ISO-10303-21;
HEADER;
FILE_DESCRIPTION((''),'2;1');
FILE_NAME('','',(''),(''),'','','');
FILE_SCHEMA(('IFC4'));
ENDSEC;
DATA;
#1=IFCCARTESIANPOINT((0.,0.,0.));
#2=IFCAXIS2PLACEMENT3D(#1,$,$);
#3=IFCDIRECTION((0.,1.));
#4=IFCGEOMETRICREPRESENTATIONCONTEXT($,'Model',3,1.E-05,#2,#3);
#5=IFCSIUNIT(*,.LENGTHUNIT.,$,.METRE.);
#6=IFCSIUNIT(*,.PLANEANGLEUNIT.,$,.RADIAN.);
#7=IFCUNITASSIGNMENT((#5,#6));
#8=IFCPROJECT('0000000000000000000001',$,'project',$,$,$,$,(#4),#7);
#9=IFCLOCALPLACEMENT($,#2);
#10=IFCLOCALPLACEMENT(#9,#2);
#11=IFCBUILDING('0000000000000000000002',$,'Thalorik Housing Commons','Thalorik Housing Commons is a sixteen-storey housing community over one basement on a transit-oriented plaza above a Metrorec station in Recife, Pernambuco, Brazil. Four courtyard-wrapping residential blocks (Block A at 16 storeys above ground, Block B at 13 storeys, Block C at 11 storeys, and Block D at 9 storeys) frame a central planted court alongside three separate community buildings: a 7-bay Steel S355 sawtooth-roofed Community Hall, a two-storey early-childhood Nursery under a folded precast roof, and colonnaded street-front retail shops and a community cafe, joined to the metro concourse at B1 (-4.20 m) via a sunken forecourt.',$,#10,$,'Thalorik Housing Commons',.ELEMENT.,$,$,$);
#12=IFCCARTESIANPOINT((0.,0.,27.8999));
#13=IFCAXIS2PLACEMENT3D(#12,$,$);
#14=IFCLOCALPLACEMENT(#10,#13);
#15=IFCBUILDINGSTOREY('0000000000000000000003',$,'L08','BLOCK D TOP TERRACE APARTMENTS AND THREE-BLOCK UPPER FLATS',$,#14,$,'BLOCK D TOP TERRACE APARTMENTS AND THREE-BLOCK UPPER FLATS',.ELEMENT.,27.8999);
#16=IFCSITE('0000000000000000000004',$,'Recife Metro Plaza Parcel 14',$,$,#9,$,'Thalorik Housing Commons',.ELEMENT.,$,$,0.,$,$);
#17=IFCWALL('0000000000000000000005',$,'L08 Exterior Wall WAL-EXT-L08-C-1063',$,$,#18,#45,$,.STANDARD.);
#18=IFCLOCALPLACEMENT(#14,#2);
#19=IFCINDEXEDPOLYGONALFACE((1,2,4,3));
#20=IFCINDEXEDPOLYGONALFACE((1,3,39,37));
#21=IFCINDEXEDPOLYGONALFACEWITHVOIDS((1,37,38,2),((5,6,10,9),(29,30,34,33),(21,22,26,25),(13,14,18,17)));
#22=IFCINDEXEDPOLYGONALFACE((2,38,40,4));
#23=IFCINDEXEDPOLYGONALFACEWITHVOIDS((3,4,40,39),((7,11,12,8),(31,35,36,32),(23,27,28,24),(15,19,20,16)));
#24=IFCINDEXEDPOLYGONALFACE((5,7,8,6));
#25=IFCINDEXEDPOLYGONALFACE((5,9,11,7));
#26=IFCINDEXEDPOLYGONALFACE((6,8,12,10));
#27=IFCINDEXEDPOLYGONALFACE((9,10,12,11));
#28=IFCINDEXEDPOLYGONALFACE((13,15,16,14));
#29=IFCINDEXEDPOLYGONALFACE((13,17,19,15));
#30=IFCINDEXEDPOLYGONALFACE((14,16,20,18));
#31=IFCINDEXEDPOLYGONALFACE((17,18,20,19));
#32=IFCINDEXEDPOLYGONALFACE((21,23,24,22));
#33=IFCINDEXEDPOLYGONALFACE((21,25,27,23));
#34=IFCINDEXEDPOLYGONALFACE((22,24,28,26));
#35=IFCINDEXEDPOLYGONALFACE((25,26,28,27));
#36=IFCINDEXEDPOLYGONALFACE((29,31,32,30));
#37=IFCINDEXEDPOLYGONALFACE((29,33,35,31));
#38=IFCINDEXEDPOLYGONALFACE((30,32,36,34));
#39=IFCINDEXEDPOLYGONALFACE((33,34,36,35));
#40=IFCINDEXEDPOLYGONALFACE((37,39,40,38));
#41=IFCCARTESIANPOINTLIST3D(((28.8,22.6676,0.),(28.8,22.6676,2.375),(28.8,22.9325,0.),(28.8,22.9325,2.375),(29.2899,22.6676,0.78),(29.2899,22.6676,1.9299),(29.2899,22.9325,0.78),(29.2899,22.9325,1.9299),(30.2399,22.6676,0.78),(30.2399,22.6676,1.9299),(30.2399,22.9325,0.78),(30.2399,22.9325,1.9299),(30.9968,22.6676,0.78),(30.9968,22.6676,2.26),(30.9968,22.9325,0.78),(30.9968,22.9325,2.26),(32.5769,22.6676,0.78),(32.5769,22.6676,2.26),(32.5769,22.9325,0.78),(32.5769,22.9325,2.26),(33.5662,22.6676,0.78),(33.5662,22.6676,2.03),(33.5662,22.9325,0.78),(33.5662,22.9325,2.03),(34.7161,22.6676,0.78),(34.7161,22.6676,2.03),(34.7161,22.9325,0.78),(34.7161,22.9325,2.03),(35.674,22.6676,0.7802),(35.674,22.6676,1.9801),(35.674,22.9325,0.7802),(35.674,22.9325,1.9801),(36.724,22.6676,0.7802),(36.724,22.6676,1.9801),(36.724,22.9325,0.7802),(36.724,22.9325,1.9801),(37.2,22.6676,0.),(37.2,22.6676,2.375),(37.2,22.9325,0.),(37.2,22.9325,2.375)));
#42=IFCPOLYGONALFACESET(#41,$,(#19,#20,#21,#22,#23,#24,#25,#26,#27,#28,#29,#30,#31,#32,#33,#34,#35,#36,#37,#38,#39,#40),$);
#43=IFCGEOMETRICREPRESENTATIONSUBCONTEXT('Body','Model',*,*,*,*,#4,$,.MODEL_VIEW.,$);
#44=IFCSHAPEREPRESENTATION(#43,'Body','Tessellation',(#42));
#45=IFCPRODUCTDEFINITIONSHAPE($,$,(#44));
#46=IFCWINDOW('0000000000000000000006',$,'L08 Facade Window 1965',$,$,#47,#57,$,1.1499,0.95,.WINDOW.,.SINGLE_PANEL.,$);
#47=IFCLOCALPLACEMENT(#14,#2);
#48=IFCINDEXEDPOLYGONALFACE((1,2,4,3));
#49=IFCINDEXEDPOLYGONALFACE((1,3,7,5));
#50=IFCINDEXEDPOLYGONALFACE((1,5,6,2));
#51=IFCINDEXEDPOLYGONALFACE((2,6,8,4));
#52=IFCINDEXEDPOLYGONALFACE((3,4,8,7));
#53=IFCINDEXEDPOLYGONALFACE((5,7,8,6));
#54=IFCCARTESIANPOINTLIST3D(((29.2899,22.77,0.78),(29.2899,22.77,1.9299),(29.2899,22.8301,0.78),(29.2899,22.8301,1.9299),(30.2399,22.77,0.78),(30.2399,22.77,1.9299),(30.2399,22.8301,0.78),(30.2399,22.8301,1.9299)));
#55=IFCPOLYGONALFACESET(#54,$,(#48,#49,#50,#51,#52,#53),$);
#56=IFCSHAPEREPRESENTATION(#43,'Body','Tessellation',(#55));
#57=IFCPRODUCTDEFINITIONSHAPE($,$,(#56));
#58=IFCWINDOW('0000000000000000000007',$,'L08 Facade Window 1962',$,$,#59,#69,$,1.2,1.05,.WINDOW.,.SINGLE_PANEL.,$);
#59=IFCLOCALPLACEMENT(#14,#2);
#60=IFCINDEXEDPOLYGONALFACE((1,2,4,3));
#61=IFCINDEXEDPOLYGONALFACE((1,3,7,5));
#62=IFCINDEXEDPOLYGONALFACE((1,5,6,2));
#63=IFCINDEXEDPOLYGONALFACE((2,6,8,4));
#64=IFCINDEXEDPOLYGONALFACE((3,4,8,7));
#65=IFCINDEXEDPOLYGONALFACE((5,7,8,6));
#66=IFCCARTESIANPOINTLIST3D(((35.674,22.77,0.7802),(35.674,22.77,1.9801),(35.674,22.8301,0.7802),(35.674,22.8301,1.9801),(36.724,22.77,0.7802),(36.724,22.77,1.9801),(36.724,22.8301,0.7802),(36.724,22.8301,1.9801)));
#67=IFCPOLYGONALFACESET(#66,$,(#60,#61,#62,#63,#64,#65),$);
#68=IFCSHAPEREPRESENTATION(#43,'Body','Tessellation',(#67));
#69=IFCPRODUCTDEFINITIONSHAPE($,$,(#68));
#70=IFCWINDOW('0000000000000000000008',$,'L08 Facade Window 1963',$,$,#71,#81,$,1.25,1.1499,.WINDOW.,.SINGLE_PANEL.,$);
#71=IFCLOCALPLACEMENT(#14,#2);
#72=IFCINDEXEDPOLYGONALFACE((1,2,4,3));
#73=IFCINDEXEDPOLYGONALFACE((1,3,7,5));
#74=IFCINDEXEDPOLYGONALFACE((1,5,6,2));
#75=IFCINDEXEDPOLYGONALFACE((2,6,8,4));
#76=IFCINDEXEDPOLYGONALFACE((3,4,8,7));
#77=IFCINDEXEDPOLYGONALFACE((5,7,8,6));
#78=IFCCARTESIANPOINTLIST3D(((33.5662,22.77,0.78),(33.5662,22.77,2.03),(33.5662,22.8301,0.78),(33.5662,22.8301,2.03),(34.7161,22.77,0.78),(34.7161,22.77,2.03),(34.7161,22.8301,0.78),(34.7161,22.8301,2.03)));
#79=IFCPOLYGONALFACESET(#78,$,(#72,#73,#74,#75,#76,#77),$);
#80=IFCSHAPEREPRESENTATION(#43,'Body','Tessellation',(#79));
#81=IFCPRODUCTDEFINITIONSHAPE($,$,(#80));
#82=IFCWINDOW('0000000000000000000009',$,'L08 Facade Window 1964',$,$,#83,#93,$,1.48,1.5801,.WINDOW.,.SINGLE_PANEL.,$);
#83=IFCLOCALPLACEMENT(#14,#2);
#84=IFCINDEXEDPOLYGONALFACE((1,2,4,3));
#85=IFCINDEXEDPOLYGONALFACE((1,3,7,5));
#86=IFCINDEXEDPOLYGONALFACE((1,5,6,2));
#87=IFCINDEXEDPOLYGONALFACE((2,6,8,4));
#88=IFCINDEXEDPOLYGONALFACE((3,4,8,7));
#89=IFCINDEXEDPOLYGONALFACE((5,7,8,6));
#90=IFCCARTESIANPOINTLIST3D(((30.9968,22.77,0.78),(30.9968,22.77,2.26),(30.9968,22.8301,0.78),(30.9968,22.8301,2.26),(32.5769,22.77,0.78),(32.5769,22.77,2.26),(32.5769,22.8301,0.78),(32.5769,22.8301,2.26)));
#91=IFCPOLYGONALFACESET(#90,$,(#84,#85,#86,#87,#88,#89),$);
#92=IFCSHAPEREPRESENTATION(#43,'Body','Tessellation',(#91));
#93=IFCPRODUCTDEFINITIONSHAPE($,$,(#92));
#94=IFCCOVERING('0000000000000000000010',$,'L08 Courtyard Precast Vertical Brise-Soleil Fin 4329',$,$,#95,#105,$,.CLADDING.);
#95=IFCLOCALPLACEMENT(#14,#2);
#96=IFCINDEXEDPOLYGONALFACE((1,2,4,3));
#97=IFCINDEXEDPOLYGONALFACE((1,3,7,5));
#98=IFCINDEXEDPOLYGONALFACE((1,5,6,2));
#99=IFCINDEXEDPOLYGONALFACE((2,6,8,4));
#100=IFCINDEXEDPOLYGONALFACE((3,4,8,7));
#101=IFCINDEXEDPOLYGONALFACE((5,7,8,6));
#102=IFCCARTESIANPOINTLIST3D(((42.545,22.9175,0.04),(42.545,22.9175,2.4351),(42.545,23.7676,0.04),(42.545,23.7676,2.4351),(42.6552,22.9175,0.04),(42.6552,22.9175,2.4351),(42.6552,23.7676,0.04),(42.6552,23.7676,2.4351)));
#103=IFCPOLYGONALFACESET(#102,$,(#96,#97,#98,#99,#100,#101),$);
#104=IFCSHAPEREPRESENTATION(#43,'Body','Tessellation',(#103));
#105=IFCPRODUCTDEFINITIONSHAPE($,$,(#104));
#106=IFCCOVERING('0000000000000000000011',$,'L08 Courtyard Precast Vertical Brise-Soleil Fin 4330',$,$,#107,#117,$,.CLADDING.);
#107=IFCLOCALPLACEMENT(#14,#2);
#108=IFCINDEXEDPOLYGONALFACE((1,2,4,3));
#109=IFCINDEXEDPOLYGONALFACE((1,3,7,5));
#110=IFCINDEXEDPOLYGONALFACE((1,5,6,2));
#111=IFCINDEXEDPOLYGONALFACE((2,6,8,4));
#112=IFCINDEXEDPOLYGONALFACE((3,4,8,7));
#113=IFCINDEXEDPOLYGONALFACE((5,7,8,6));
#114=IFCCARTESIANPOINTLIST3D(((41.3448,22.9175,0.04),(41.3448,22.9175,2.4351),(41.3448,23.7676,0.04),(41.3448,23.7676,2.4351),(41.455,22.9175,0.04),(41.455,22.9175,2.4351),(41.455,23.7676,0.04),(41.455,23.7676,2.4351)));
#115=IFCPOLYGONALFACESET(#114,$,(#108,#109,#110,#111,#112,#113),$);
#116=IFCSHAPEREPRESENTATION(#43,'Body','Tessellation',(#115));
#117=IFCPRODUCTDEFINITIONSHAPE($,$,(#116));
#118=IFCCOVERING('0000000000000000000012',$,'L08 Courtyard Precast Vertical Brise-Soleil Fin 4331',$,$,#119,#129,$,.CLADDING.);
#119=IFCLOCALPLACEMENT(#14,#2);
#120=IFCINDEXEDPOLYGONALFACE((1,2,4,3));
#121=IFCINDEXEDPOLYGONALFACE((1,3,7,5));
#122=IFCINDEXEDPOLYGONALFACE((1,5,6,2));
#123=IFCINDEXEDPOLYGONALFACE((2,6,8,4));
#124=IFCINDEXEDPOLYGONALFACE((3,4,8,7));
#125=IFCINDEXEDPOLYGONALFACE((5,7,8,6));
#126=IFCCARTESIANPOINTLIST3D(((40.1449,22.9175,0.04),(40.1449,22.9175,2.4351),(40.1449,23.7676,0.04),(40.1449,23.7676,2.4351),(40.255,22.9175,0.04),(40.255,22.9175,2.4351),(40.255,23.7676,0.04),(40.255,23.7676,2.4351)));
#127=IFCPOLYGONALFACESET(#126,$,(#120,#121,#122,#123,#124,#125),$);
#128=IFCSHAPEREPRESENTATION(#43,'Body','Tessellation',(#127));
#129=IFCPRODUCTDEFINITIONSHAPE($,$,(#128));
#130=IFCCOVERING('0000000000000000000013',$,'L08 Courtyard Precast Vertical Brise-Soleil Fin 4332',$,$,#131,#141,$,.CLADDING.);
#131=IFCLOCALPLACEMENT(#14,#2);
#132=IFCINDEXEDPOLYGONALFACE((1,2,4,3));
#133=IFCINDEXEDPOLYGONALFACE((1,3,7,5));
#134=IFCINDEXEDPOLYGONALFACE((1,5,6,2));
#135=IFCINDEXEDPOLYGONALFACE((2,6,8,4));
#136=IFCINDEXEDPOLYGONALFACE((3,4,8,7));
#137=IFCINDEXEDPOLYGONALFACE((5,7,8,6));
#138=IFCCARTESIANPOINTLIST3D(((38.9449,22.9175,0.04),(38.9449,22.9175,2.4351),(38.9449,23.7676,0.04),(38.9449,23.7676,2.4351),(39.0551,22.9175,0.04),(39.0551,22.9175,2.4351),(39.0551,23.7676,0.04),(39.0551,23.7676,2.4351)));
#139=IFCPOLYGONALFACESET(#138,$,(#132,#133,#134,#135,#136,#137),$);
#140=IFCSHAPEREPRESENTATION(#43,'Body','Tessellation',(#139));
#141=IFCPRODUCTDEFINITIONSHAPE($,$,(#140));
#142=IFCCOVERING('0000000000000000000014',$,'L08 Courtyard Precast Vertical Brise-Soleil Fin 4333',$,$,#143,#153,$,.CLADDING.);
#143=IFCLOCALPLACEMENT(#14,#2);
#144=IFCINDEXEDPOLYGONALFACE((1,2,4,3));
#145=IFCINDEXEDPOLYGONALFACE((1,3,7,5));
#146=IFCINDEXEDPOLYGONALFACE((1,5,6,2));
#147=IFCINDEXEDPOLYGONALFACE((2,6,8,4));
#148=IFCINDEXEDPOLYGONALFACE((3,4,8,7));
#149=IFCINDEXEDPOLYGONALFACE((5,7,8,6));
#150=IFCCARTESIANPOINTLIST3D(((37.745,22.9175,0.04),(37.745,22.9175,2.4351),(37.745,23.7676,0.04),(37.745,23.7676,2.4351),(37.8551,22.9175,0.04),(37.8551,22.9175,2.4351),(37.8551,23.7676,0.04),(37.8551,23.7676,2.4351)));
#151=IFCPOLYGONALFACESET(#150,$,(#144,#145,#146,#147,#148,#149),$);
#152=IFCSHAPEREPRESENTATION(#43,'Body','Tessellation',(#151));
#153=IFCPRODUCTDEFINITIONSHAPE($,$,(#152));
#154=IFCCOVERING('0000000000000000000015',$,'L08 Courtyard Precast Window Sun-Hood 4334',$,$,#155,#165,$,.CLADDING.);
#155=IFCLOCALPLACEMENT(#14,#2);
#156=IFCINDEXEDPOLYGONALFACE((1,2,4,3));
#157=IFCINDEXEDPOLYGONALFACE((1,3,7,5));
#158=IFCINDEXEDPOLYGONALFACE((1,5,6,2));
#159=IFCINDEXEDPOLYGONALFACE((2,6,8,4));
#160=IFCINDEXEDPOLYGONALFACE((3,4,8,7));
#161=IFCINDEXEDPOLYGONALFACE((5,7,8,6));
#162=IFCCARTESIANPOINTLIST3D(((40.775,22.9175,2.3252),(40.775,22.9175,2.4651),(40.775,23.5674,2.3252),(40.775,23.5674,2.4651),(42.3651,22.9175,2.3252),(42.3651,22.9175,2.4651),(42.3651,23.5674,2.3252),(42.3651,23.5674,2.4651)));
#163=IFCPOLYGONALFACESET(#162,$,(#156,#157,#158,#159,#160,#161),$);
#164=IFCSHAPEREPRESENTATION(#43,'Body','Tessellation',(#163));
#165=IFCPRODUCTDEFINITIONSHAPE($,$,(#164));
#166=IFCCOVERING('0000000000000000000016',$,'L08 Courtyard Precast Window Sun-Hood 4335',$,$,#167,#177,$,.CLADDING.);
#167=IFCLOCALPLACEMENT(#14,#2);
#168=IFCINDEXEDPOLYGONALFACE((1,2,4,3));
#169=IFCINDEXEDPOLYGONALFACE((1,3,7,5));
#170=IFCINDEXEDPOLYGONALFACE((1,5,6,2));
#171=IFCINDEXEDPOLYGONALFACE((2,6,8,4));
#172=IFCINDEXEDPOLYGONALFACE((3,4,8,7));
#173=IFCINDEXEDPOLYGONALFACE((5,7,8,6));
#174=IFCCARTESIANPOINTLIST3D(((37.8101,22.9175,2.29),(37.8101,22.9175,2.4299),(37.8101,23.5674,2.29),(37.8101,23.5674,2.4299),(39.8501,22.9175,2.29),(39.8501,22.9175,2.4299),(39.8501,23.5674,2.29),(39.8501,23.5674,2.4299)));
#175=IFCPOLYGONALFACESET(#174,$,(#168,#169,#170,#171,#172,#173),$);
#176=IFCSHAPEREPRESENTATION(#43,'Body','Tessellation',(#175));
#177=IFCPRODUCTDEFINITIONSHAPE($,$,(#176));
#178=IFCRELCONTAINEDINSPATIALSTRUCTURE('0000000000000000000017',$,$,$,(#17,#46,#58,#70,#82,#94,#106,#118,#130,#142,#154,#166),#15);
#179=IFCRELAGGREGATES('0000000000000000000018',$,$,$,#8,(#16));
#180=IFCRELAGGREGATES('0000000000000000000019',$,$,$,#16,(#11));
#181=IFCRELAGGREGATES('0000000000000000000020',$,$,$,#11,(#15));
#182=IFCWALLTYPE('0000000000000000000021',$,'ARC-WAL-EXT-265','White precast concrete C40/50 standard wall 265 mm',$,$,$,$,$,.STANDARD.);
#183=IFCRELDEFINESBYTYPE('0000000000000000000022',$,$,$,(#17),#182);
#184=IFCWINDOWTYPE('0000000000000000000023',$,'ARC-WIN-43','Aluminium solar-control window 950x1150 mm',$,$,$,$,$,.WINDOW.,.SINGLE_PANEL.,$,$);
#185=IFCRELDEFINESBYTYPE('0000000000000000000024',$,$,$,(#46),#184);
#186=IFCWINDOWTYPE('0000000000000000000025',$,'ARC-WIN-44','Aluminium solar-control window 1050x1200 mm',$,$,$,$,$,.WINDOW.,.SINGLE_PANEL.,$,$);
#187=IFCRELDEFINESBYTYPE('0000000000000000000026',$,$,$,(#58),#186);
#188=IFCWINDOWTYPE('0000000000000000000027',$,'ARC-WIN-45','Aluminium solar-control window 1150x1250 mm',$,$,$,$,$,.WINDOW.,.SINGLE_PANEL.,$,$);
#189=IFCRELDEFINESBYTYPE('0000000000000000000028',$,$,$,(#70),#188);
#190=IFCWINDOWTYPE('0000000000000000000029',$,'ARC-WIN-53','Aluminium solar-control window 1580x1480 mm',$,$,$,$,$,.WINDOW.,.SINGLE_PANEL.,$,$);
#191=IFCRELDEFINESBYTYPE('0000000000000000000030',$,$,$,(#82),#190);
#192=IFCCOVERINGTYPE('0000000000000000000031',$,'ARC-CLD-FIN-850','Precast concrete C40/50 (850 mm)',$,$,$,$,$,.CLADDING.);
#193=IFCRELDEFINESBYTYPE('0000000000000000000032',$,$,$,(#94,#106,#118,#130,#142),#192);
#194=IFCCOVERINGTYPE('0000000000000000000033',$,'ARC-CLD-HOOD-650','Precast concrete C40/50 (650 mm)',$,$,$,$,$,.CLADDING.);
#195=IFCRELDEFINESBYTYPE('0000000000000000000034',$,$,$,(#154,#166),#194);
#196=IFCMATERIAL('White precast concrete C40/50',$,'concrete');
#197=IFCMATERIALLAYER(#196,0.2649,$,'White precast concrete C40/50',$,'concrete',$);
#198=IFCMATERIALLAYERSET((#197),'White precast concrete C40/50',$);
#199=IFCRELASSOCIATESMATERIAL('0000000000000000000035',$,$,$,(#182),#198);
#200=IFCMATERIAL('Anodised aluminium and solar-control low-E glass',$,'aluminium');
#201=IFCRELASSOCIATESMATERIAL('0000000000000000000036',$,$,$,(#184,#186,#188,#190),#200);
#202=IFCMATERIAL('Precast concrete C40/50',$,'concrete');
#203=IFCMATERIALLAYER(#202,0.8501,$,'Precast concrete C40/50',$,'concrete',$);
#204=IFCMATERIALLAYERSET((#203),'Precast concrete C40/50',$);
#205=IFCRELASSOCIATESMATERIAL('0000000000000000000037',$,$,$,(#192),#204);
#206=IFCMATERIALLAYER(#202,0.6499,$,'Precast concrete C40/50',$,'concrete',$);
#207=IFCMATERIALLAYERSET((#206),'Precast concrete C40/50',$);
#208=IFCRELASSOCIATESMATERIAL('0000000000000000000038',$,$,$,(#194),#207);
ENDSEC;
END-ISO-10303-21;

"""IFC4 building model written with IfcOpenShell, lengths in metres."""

from ifc_helpers import new_model, si_unit, direction, frame, frame_2d, origin, origin_2d, place, context, subcontext, project, spatial, rectangle, extrude, material, layer, layer_set, type_object, element, fill, save


model = new_model("IFC4")

# Units and contexts
model_context = context("Model", 3, precision=1e-05, world=origin(), true_north=direction((0.0, 1.0)))
body_context = subcontext(model_context, "Body", "Model", "MODEL_VIEW")
ifc_project = project(units=[si_unit("LENGTHUNIT", "METRE"), si_unit("PLANEANGLEUNIT", "RADIAN")], contexts=[model_context])

# Site, building, storey
site_placement = place(None, origin())
site = spatial("IfcSite", under=ifc_project, at=site_placement, Name="Recife Metro Plaza Parcel 14", LongName="Thalorik Housing Commons", CompositionType="ELEMENT", RefElevation=0.0)
building_placement = place(site_placement, origin())
building = spatial("IfcBuilding", under=site, at=building_placement, Name="Thalorik Housing Commons", Description="Thalorik Housing Commons is a sixteen-storey housing community over one basement on a transit-oriented plaza above a Metrorec station in Recife, Pernambuco, Brazil. Four courtyard-wrapping residential blocks (Block A at 16 storeys above ground, Block B at 13 storeys, Block C at 11 storeys, and Block D at 9 storeys) frame a central planted court alongside three separate community buildings: a 7-bay Steel S355 sawtooth-roofed Community Hall, a two-storey early-childhood Nursery under a folded precast roof, and colonnaded street-front retail shops and a community cafe, joined to the metro concourse at B1 (-4.20 m) via a sunken forecourt.", LongName="Thalorik Housing Commons", CompositionType="ELEMENT")
storey_placement = place(building_placement, frame((0.0, 0.0, 27.8999)))
storey = spatial("IfcBuildingStorey", under=building, at=storey_placement, Name="L08", Description="BLOCK D TOP TERRACE APARTMENTS AND THREE-BLOCK UPPER FLATS", LongName="BLOCK D TOP TERRACE APARTMENTS AND THREE-BLOCK UPPER FLATS", CompositionType="ELEMENT", Elevation=27.8999)

# Shared definitions
ifc_material_1 = material(Name="Precast concrete C40/50", Category="concrete")

# Shared definitions
ifc_material_2 = material(Name="White precast concrete C40/50", Category="concrete")
ifc_layer_1 = layer(ifc_material_2, 0.2649, Name="White precast concrete C40/50", Category="concrete")
ifc_layer_set_1 = layer_set([ifc_layer_1], Name="White precast concrete C40/50")
wall_type = type_object("IfcWallType", Name="ARC-WAL-EXT-265", Description="White precast concrete C40/50 standard wall 265 mm", PredefinedType="STANDARD", material=ifc_layer_set_1)
ifc_material_3 = material(Name="Anodised aluminium and solar-control low-E glass", Category="aluminium")

# Wall, openings, windows
wall_1_placement = place(storey_placement, frame((37.2, 22.8, 0.0), z_axis=(0.0, 0.0, 1.0), x_axis=(-1.0, 0.0, 0.0)))
wall_1 = element("IfcWall", 1, at=wall_1_placement, inside=storey, type_object=wall_type, Name="L08 Exterior Wall WAL-EXT-L08-C-1063", PredefinedType="STANDARD", context=body_context, shape_type="SweptSolid", body=[
    extrude(rectangle(XDim=8.3999, YDim=0.2649, at=frame_2d((4.2, 0.0))), origin(), (0.0, 0.0, 1.0), 2.375),
])
opening_1_placement = place(wall_1_placement, frame((0.4761, 0.0, 0.78)))
opening_1 = element("IfcOpeningElement", 2, at=opening_1_placement, cuts=wall_1, PredefinedType="OPENING", context=body_context, shape_type="SweptSolid", body=[
    extrude(rectangle(XDim=1.05, YDim=1.2, at=frame_2d((0.5249, 0.6001))), frame((0.0, 0.1426, 0.0), z_axis=(0.0, -1.0, 0.0), x_axis=(1.0, 0.0, 0.0)), (0.0, 0.0, 1.0), 0.2849),
])
opening_2_placement = place(wall_1_placement, frame((2.4839, 0.0, 0.78)))
opening_2 = element("IfcOpeningElement", 3, at=opening_2_placement, cuts=wall_1, PredefinedType="OPENING", context=body_context, shape_type="SweptSolid", body=[
    extrude(rectangle(XDim=1.1499, YDim=1.25, at=frame_2d((0.575, 0.625))), frame((0.0, 0.1426, 0.0), z_axis=(0.0, -1.0, 0.0), x_axis=(1.0, 0.0, 0.0)), (0.0, 0.0, 1.0), 0.2849),
])
opening_3_placement = place(wall_1_placement, frame((4.623, 0.0, 0.78)))
opening_3 = element("IfcOpeningElement", 4, at=opening_3_placement, cuts=wall_1, PredefinedType="OPENING", context=body_context, shape_type="SweptSolid", body=[
    extrude(rectangle(XDim=1.5801, YDim=1.48, at=frame_2d((0.79, 0.74))), frame((0.0, 0.1426, 0.0), z_axis=(0.0, -1.0, 0.0), x_axis=(1.0, 0.0, 0.0)), (0.0, 0.0, 1.0), 0.2849),
])
opening_4_placement = place(wall_1_placement, frame((6.96, 0.0, 0.78)))
opening_4 = element("IfcOpeningElement", 5, at=opening_4_placement, cuts=wall_1, PredefinedType="OPENING", context=body_context, shape_type="SweptSolid", body=[
    extrude(rectangle(XDim=0.95, YDim=1.1499, at=frame_2d((0.4751, 0.575))), frame((0.0, 0.1426, 0.0), z_axis=(0.0, -1.0, 0.0), x_axis=(1.0, 0.0, 0.0)), (0.0, 0.0, 1.0), 0.2849),
])
window_type_1 = type_object("IfcWindowType", Name="ARC-WIN-43", Description="Aluminium solar-control window 950x1150 mm", PartitioningType="SINGLE_PANEL", PredefinedType="WINDOW", material=ifc_material_3)
window_1_placement = place(opening_4_placement, origin())
window_1 = element("IfcWindow", 6, at=window_1_placement, inside=storey, type_object=window_type_1, Name="L08 Facade Window 1965", OverallHeight=1.1499, OverallWidth=0.95, PartitioningType="SINGLE_PANEL", PredefinedType="WINDOW", context=body_context, shape_type="SweptSolid", body=[
    extrude(rectangle(XDim=0.95, YDim=1.1499, at=frame_2d((0.4751, 0.575))), frame((0.0, 0.03, 0.0), z_axis=(0.0, -1.0, 0.0), x_axis=(1.0, 0.0, 0.0)), (0.0, 0.0, 1.0), 0.0601),
])
fill(opening_4, window_1)
window_type_2 = type_object("IfcWindowType", Name="ARC-WIN-44", Description="Aluminium solar-control window 1050x1200 mm", PartitioningType="SINGLE_PANEL", PredefinedType="WINDOW", material=ifc_material_3)
window_2_placement = place(opening_1_placement, origin())
window_2 = element("IfcWindow", 7, at=window_2_placement, inside=storey, type_object=window_type_2, Name="L08 Facade Window 1962", OverallHeight=1.2, OverallWidth=1.05, PartitioningType="SINGLE_PANEL", PredefinedType="WINDOW", context=body_context, shape_type="SweptSolid", body=[
    extrude(rectangle(XDim=1.05, YDim=1.2, at=frame_2d((0.5249, 0.6001))), frame((0.0, 0.03, 0.0), z_axis=(0.0, -1.0, 0.0), x_axis=(1.0, 0.0, 0.0)), (0.0, 0.0, 1.0), 0.0601),
])
fill(opening_1, window_2)
window_type_3 = type_object("IfcWindowType", Name="ARC-WIN-45", Description="Aluminium solar-control window 1150x1250 mm", PartitioningType="SINGLE_PANEL", PredefinedType="WINDOW", material=ifc_material_3)
window_3_placement = place(opening_2_placement, origin())
window_3 = element("IfcWindow", 8, at=window_3_placement, inside=storey, type_object=window_type_3, Name="L08 Facade Window 1963", OverallHeight=1.25, OverallWidth=1.1499, PartitioningType="SINGLE_PANEL", PredefinedType="WINDOW", context=body_context, shape_type="SweptSolid", body=[
    extrude(rectangle(XDim=1.1499, YDim=1.25, at=frame_2d((0.575, 0.625))), frame((0.0, 0.03, 0.0), z_axis=(0.0, -1.0, 0.0), x_axis=(1.0, 0.0, 0.0)), (0.0, 0.0, 1.0), 0.0601),
])
fill(opening_2, window_3)
window_type_4 = type_object("IfcWindowType", Name="ARC-WIN-53", Description="Aluminium solar-control window 1580x1480 mm", PartitioningType="SINGLE_PANEL", PredefinedType="WINDOW", material=ifc_material_3)
window_4_placement = place(opening_3_placement, origin())
window_4 = element("IfcWindow", 9, at=window_4_placement, inside=storey, type_object=window_type_4, Name="L08 Facade Window 1964", OverallHeight=1.48, OverallWidth=1.5801, PartitioningType="SINGLE_PANEL", PredefinedType="WINDOW", context=body_context, shape_type="SweptSolid", body=[
    extrude(rectangle(XDim=1.5801, YDim=1.48, at=frame_2d((0.79, 0.74))), frame((0.0, 0.03, 0.0), z_axis=(0.0, -1.0, 0.0), x_axis=(1.0, 0.0, 0.0)), (0.0, 0.0, 1.0), 0.0601),
])
fill(opening_3, window_4)

# Coverings
ifc_layer_2 = layer(ifc_material_1, 0.8501, Name="Precast concrete C40/50", Category="concrete")
ifc_layer_set_2 = layer_set([ifc_layer_2], Name="Precast concrete C40/50")
covering_type_1 = type_object("IfcCoveringType", Name="ARC-CLD-FIN-850", Description="Precast concrete C40/50 (850 mm)", PredefinedType="CLADDING", material=ifc_layer_set_2)
for number, where, z_axis, x_axis, name in (
    (10, (42.6001, 23.3425, 0.04), (0.0, 0.0, 1.0), (-1.0, 0.0, 0.0), "L08 Courtyard Precast Vertical Brise-Soleil Fin 4329"),
    (11, (41.3999, 23.3425, 0.04), (0.0, 0.0, 1.0), (-1.0, 0.0, 0.0), "L08 Courtyard Precast Vertical Brise-Soleil Fin 4330"),
    (12, (40.2, 23.3425, 0.04), (0.0, 0.0, 1.0), (-1.0, 0.0, 0.0), "L08 Courtyard Precast Vertical Brise-Soleil Fin 4331"),
    (13, (39.0, 23.3425, 0.04), (0.0, 0.0, 1.0), (-1.0, 0.0, 0.0), "L08 Courtyard Precast Vertical Brise-Soleil Fin 4332"),
    (14, (37.8, 23.3425, 0.04), (0.0, 0.0, 1.0), (-1.0, 0.0, 0.0), "L08 Courtyard Precast Vertical Brise-Soleil Fin 4333"),
):
    element("IfcCovering", number, at=place(storey_placement, frame(where, z_axis=z_axis, x_axis=x_axis)), inside=storey, type_object=covering_type_1, Name=name, PredefinedType="CLADDING", context=body_context, shape_type="SweptSolid", body=[
        extrude(rectangle(XDim=0.1101, YDim=0.8501, at=origin_2d()), origin(), (0.0, 0.0, 1.0), 2.395),
    ])
ifc_layer_3 = layer(ifc_material_1, 0.6499, Name="Precast concrete C40/50", Category="concrete")
ifc_layer_set_3 = layer_set([ifc_layer_3], Name="Precast concrete C40/50")
covering_type_2 = type_object("IfcCoveringType", Name="ARC-CLD-HOOD-650", Description="Precast concrete C40/50 (650 mm)", PredefinedType="CLADDING", material=ifc_layer_set_3)
covering_1_placement = place(storey_placement, frame((41.5701, 23.2424, 2.3252), z_axis=(0.0, 0.0, 1.0), x_axis=(-1.0, 0.0, 0.0)))
element("IfcCovering", 15, at=covering_1_placement, inside=storey, type_object=covering_type_2, Name="L08 Courtyard Precast Window Sun-Hood 4334", PredefinedType="CLADDING", context=body_context, shape_type="SweptSolid", body=[
    extrude(rectangle(XDim=1.5901, YDim=0.6499, at=origin_2d()), origin(), (0.0, 0.0, 1.0), 0.1399),
])
covering_2_placement = place(storey_placement, frame((38.8301, 23.2424, 2.29), z_axis=(0.0, 0.0, 1.0), x_axis=(-1.0, 0.0, 0.0)))
element("IfcCovering", 16, at=covering_2_placement, inside=storey, type_object=covering_type_2, Name="L08 Courtyard Precast Window Sun-Hood 4335", PredefinedType="CLADDING", context=body_context, shape_type="SweptSolid", body=[
    extrude(rectangle(XDim=2.04, YDim=0.6499, at=origin_2d()), origin(), (0.0, 0.0, 1.0), 0.1399),
])

save(model, "model.ifc")
